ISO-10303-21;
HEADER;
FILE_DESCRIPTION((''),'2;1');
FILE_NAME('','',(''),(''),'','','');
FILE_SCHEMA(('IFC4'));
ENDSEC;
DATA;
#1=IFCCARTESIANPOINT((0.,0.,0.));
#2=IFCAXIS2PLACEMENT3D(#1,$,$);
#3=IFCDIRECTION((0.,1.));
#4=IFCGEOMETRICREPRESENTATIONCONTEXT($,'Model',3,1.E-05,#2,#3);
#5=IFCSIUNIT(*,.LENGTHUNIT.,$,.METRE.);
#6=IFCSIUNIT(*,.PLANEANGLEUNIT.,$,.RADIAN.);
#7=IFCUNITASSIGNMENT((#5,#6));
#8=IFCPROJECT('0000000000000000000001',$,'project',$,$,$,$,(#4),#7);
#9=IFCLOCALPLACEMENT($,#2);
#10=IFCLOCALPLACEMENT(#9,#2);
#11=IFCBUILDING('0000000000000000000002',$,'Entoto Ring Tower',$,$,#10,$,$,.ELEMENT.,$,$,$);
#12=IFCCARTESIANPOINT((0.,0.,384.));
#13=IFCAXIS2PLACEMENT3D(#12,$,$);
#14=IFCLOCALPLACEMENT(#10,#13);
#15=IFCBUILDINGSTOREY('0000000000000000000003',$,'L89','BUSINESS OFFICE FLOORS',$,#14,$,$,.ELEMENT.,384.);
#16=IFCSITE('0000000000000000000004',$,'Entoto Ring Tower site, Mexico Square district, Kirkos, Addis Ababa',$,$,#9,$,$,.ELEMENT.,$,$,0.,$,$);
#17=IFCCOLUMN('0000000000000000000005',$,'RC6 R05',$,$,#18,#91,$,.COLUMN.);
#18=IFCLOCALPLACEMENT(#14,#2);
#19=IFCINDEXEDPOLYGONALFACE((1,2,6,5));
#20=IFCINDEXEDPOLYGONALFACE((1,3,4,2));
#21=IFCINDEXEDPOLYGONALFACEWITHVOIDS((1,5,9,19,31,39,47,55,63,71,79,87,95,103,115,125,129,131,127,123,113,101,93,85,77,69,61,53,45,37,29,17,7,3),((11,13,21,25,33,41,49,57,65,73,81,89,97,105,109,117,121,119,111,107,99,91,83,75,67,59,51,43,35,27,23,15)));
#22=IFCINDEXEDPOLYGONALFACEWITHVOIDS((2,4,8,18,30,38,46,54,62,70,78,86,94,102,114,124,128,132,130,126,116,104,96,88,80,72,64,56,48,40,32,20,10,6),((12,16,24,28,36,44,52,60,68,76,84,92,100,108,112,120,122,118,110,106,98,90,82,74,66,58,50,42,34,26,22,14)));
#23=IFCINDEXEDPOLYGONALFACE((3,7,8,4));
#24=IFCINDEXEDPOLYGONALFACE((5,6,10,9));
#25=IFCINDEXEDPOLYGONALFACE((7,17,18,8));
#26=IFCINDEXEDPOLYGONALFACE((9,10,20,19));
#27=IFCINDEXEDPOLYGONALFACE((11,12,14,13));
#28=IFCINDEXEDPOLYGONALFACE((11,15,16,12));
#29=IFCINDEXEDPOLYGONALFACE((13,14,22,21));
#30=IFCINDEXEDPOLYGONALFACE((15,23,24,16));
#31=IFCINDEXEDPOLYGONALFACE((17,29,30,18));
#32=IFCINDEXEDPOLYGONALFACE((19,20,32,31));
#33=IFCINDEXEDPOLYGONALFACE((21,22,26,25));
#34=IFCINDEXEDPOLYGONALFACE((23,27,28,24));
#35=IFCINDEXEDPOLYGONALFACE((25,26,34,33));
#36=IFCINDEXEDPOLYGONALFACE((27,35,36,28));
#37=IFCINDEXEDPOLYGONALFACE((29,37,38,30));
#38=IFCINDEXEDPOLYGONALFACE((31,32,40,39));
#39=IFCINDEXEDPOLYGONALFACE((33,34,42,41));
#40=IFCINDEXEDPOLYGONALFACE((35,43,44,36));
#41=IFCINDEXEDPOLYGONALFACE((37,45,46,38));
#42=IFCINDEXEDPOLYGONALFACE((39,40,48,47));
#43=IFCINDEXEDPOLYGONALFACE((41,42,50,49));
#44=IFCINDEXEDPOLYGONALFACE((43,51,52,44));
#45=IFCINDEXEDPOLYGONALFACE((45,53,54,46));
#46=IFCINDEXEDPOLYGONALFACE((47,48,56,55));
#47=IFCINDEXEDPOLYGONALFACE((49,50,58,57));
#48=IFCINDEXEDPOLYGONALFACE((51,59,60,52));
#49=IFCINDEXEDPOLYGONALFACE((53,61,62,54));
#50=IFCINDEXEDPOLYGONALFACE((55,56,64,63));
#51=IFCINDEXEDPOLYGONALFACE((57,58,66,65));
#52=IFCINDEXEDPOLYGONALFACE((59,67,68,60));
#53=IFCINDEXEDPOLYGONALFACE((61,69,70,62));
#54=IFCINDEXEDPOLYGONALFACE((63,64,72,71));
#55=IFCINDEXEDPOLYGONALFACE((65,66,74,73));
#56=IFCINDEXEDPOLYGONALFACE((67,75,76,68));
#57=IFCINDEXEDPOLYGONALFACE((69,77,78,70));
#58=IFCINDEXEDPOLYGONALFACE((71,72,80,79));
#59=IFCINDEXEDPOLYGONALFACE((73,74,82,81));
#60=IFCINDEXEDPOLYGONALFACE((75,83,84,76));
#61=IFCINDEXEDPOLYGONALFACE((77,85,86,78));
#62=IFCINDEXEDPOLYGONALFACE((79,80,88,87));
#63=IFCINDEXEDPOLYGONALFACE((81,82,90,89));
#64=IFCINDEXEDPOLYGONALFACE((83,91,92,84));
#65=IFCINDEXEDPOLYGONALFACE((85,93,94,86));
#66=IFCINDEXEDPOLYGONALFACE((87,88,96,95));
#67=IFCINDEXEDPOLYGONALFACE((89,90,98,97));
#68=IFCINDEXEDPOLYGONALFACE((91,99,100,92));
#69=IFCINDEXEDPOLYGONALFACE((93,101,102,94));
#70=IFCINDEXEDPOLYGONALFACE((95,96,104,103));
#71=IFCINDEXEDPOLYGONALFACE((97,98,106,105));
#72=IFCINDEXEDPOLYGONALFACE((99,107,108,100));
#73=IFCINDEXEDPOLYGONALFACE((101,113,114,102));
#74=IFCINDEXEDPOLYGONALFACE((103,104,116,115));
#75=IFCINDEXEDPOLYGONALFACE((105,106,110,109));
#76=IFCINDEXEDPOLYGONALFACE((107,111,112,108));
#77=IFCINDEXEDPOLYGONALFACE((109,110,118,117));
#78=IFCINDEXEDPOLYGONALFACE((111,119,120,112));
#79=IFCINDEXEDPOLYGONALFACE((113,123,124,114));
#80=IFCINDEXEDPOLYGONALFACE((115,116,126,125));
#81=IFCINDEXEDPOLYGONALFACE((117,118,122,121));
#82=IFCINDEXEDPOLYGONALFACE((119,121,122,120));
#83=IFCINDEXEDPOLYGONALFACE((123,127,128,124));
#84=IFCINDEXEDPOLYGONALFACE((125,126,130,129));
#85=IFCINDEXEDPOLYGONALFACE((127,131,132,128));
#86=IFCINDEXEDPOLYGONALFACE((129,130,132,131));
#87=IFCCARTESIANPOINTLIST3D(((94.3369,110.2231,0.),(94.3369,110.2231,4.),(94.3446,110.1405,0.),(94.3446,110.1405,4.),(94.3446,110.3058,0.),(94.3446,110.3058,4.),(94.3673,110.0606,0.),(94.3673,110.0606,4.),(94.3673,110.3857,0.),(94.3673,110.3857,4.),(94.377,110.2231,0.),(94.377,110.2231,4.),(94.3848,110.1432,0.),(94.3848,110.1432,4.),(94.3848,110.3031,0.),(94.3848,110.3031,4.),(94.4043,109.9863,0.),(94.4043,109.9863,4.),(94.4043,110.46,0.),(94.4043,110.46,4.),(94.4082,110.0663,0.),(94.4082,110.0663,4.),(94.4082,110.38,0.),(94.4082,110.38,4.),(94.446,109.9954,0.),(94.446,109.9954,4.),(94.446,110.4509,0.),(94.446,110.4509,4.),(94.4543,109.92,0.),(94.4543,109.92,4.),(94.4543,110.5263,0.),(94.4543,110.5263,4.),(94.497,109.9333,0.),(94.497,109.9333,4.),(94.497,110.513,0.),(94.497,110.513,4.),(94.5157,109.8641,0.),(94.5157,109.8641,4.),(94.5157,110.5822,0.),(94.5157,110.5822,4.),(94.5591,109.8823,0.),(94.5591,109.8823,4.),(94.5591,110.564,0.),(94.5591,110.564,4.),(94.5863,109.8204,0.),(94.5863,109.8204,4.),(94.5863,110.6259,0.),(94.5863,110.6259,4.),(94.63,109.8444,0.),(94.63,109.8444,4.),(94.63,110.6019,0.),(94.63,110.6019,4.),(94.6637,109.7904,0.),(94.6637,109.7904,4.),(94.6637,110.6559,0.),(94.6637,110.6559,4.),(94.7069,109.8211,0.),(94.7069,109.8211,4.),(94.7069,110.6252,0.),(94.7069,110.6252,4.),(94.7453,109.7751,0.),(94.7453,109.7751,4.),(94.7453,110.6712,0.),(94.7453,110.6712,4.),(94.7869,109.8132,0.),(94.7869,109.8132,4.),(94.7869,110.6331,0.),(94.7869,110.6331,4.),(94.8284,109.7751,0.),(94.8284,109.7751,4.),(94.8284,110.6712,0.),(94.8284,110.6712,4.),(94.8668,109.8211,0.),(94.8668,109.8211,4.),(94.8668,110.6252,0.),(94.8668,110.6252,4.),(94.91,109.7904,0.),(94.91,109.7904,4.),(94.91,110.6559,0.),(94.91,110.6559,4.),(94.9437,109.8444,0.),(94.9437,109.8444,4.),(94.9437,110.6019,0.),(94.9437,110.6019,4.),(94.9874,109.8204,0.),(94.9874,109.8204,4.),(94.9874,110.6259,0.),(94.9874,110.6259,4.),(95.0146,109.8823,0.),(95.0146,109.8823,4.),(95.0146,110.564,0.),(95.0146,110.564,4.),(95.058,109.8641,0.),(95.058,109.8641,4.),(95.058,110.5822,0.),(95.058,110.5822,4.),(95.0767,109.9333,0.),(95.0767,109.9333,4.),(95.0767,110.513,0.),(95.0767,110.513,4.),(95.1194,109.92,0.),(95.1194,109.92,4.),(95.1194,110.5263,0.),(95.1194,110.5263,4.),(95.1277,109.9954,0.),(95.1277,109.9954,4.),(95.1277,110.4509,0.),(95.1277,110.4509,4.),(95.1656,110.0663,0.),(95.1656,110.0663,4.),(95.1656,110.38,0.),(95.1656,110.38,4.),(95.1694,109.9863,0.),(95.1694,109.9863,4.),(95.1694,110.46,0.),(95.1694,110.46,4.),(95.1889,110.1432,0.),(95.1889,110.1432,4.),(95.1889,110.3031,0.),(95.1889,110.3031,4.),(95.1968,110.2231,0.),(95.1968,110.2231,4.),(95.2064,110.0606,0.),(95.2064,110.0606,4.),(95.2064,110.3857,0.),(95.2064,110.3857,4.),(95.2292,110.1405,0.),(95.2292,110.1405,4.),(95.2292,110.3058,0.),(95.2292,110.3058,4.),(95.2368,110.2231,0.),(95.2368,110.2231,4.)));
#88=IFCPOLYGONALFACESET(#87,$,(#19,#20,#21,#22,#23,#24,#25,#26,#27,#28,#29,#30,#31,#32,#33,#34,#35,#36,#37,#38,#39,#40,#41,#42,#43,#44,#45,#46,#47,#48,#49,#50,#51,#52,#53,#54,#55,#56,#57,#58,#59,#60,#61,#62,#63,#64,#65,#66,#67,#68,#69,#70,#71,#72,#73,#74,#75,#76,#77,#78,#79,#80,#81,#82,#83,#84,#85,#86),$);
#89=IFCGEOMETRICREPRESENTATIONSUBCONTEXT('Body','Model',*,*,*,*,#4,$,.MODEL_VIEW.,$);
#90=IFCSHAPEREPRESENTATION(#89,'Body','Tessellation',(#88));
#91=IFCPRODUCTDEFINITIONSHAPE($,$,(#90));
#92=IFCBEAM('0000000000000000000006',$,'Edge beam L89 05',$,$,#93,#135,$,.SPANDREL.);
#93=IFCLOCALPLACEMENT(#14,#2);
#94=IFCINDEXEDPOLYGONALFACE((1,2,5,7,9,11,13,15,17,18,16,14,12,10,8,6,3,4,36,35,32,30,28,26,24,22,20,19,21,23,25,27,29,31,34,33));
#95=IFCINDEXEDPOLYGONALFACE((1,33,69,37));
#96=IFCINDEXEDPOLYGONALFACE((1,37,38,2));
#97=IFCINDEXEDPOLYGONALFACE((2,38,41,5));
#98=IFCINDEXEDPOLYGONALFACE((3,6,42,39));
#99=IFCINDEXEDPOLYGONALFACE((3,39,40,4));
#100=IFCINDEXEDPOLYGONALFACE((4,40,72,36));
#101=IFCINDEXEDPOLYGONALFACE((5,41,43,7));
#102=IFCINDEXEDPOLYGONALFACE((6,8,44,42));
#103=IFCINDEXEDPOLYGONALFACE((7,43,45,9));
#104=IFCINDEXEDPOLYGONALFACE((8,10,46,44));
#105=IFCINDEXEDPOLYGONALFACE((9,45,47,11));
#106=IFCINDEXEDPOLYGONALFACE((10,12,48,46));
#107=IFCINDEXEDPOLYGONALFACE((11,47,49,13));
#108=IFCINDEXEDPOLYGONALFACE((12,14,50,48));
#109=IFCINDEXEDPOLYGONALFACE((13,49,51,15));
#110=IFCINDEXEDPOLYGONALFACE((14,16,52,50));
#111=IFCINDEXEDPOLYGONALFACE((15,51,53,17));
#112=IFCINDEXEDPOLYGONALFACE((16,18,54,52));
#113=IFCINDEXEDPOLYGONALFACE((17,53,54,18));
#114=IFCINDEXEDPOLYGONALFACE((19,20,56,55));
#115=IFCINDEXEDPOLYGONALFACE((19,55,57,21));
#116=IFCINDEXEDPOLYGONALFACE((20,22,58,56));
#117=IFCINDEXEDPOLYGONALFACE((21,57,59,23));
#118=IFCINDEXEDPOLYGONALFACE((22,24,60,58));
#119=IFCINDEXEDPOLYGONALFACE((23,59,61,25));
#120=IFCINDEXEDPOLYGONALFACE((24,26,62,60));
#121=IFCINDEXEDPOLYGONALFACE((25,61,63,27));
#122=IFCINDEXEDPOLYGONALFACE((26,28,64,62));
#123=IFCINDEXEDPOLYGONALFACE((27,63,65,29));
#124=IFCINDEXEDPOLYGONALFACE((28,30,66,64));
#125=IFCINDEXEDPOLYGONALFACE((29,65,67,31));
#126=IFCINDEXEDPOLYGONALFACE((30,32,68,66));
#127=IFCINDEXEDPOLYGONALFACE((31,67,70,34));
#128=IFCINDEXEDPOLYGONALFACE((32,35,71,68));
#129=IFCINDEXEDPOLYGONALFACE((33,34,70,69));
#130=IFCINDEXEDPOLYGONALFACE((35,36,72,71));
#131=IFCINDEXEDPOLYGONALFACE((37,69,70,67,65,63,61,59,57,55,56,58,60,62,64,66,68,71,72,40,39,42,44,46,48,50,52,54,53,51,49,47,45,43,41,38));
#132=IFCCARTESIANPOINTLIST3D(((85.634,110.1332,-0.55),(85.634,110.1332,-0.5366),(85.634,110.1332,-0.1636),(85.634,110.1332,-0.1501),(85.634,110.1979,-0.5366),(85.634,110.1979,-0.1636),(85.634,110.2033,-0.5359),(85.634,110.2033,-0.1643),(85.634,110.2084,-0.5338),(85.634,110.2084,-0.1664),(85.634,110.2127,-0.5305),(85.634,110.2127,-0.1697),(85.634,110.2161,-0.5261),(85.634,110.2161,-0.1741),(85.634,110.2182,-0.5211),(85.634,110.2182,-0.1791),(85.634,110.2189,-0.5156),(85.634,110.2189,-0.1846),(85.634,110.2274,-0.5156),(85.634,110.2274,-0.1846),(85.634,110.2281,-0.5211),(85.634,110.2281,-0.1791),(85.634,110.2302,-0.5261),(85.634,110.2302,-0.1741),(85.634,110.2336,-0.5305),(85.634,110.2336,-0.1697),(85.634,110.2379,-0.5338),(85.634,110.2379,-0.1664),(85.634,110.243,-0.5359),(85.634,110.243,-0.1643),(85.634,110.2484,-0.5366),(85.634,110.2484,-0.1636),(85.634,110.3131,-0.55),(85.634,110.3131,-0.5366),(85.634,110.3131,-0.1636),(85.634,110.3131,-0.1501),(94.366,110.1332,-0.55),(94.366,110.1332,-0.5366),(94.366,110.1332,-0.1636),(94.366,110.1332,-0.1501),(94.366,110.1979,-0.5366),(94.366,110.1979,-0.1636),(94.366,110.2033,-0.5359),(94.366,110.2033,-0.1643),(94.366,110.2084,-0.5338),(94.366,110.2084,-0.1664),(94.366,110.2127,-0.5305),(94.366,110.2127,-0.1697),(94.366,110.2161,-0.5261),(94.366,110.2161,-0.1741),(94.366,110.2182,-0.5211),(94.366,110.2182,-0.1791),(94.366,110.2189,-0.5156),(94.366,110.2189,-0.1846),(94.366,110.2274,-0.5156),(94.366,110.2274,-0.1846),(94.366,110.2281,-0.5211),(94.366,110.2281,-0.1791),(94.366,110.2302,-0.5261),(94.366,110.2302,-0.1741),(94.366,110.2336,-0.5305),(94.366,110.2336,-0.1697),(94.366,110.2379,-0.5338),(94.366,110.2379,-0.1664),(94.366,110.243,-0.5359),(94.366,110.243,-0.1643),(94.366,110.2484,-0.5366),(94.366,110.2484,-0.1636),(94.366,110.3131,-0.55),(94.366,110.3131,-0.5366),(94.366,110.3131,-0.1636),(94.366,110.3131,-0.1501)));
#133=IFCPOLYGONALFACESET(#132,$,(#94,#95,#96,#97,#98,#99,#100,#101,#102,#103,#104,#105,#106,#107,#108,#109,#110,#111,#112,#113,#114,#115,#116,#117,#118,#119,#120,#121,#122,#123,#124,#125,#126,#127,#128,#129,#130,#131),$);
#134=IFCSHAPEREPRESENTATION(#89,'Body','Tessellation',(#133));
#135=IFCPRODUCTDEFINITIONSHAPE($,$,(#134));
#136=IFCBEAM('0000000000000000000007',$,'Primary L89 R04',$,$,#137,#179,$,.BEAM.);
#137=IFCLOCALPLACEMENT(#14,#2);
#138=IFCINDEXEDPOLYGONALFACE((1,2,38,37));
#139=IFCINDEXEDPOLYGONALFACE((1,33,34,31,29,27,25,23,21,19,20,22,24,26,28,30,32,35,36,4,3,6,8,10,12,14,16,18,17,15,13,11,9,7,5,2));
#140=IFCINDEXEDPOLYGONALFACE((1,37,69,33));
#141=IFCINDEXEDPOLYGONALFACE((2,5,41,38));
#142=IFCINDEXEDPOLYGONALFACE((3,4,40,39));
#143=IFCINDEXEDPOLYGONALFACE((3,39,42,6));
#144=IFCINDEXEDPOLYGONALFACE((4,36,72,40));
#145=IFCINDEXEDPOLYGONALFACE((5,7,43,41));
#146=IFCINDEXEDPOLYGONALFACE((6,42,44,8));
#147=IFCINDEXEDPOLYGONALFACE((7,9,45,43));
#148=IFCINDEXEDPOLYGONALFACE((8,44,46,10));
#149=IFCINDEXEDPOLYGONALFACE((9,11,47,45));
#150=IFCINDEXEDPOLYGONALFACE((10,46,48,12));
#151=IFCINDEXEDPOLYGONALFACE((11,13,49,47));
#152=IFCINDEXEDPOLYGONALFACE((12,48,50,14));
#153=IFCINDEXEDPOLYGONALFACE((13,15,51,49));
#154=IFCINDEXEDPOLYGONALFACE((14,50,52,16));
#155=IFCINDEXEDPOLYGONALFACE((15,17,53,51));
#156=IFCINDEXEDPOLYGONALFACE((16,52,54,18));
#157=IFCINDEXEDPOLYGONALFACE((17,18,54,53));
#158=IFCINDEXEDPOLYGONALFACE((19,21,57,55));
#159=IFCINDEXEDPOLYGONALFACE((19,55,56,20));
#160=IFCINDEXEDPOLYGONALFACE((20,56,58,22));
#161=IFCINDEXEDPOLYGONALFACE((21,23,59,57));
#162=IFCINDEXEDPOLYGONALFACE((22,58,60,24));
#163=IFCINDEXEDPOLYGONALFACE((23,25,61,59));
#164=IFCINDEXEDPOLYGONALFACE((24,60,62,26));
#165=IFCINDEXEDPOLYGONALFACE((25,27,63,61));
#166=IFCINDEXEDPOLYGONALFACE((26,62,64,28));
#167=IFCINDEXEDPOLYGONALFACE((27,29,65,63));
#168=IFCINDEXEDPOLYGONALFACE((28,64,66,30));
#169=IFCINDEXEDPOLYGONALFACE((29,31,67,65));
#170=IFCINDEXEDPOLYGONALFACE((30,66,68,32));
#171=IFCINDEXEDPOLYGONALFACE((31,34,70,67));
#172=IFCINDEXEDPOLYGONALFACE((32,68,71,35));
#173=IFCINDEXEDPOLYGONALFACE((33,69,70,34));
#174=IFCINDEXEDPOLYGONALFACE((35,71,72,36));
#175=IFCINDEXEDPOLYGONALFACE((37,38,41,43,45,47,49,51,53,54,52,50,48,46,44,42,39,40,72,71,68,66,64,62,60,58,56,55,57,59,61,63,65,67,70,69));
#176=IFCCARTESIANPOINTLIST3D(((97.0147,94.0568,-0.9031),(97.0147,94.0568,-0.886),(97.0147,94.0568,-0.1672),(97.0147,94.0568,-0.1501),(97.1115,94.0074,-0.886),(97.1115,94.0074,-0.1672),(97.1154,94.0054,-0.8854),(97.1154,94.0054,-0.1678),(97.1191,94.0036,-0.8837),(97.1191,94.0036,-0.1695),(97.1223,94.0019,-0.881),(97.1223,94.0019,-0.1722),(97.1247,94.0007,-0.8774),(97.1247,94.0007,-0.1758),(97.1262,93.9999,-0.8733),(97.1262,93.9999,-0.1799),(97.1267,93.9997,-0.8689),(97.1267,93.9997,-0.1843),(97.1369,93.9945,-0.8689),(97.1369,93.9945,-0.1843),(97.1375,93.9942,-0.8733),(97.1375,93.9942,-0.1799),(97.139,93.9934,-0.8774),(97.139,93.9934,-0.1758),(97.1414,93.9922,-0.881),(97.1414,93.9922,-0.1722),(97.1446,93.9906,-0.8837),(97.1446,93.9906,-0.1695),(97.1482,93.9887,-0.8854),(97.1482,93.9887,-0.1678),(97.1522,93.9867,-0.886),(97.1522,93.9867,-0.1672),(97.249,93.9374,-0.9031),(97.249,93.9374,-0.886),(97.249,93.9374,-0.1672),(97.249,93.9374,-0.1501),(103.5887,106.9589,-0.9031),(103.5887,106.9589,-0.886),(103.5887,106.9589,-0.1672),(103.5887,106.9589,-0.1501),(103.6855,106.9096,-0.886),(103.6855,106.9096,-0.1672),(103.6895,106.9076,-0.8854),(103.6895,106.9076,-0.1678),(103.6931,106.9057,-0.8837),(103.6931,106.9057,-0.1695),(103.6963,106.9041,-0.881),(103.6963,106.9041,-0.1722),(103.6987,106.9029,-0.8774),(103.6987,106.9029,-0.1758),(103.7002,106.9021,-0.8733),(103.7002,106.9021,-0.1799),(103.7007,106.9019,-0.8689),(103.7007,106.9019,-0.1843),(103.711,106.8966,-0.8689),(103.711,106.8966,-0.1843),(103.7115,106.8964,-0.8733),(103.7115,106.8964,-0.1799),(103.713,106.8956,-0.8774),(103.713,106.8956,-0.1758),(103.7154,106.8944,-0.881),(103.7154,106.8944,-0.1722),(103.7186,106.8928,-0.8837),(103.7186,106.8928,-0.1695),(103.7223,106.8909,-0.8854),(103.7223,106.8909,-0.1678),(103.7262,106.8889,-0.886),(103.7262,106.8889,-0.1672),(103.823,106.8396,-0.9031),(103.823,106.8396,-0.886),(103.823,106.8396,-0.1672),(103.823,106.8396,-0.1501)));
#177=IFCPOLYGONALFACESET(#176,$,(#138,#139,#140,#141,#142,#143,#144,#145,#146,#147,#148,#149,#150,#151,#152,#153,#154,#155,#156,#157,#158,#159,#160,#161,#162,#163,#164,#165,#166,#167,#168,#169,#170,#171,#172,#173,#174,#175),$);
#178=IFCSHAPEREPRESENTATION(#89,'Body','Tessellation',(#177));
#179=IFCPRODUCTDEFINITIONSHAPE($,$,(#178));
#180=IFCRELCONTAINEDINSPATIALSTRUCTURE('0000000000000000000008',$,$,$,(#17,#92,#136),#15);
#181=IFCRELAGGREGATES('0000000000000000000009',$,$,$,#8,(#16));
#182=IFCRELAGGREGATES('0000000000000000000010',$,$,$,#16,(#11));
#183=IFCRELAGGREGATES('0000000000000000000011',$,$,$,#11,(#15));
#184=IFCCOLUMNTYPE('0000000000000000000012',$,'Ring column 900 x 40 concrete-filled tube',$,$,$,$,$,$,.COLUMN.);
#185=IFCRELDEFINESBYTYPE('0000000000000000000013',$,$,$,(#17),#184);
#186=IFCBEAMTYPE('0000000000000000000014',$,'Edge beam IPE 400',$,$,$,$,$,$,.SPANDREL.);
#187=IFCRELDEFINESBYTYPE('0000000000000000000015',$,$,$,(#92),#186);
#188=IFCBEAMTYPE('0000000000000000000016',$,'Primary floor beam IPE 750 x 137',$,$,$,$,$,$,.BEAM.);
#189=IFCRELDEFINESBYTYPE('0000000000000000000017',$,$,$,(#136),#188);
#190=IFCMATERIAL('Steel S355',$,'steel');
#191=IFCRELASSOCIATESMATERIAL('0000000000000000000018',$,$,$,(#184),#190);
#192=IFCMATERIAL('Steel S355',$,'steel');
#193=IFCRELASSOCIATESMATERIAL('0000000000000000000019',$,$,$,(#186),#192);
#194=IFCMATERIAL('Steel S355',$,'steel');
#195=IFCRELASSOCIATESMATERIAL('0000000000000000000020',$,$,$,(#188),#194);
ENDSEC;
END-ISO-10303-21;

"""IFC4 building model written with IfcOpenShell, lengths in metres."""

from ifc_helpers import new_model, si_unit, direction, frame, origin, origin_2d, place, context, subcontext, project, spatial, circle, hollow_circle, i_section, extrude, material, material_profile, profile_set, type_object, element, save


model = new_model("IFC4")

# Units and contexts
model_context = context("Model", 3, precision=1e-05, world=origin(), true_north=direction((0.0, 1.0)))
body_context = subcontext(model_context, "Body", "Model", "MODEL_VIEW")
ifc_project = project(units=[si_unit("LENGTHUNIT", "METRE"), si_unit("PLANEANGLEUNIT", "RADIAN")], contexts=[model_context])

# Site, building, storey
site_placement = place(None, origin())
site = spatial("IfcSite", under=ifc_project, at=site_placement, Name="Entoto Ring Tower site, Mexico Square district, Kirkos, Addis Ababa", CompositionType="ELEMENT", RefElevation=0.0)
building_placement = place(site_placement, origin())
building = spatial("IfcBuilding", under=site, at=building_placement, Name="Entoto Ring Tower", CompositionType="ELEMENT")
storey_placement = place(building_placement, frame((0.0, 0.0, 384.0)))
storey = spatial("IfcBuildingStorey", under=building, at=storey_placement, Name="L89", Description="BUSINESS OFFICE FLOORS", CompositionType="ELEMENT", Elevation=384.0)

# Column
ifc_material_1 = material(Name="Steel S355", Category="steel")
ifc_material_profile_1 = material_profile(ifc_material_1, hollow_circle(Radius=0.45, WallThickness=0.04, at=origin_2d()), Name="CHS 900 x 40")
ifc_material_2 = material(Name="Concrete C60/75", Category="concrete")
ifc_material_profile_2 = material_profile(ifc_material_2, circle(Radius=0.4099, at=origin_2d()), Name="Concrete C60/75 infill")
ifc_profile_set_1 = profile_set([ifc_material_profile_1, ifc_material_profile_2], Name="Steel S355")
column_type = type_object("IfcColumnType", Name="Ring column 900 x 40 concrete-filled tube", PredefinedType="COLUMN", material=ifc_profile_set_1)
column_placement = place(storey_placement, frame((94.7869, 110.2231, 0.0), z_axis=(0.0, 0.0, 1.0), x_axis=(1.0, 0.0, 0.0)))
element("IfcColumn", 1, at=column_placement, inside=storey, type_object=column_type, Name="RC6 R05", PredefinedType="COLUMN", context=body_context, shape_type="SweptSolid", body=[
    extrude(hollow_circle(Radius=0.45, WallThickness=0.04, at=origin_2d()), origin(), (0.0, 0.0, 1.0), 4.0),
])

# Beams
ifc_material_3 = material(Name="Steel S355", Category="steel")
ifc_material_profile_3 = material_profile(ifc_material_3, i_section(OverallWidth=0.1799, OverallDepth=0.3999, WebThickness=0.0085, FlangeThickness=0.0134, FilletRadius=0.021, at=origin_2d()), Name="IPE 400")
ifc_profile_set_2 = profile_set([ifc_material_profile_3], Name="Steel S355")
beam_type_1 = type_object("IfcBeamType", Name="Edge beam IPE 400", PredefinedType="SPANDREL", material=ifc_profile_set_2)
beam_1_placement = place(storey_placement, frame((94.366, 110.2231, -0.3501), z_axis=(-1.0, 0.0, 0.0), x_axis=(0.0, -1.0, 0.0)))
element("IfcBeam", 2, at=beam_1_placement, inside=storey, type_object=beam_type_1, Name="Edge beam L89 05", PredefinedType="SPANDREL", context=body_context, shape_type="SweptSolid", body=[
    extrude(i_section(OverallWidth=0.1799, OverallDepth=0.3999, WebThickness=0.0085, FlangeThickness=0.0134, FilletRadius=0.021, at=origin_2d()), origin(), (0.0, 0.0, 1.0), 8.7319),
])
ifc_material_4 = material(Name="Steel S355", Category="steel")
ifc_material_profile_4 = material_profile(ifc_material_4, i_section(OverallWidth=0.2629, OverallDepth=0.7529, WebThickness=0.0115, FlangeThickness=0.0171, FilletRadius=0.0171, at=origin_2d()), Name="IPE 750 x 137")
ifc_profile_set_3 = profile_set([ifc_material_profile_4], Name="Steel S355")
beam_type_2 = type_object("IfcBeamType", Name="Primary floor beam IPE 750 x 137", PredefinedType="BEAM", material=ifc_profile_set_3)
beam_2_placement = place(storey_placement, frame((97.1318, 93.9971, -0.5266), z_axis=(0.453992, 0.891006, 0.0), x_axis=(-0.891006, 0.453992, 0.0)))
element("IfcBeam", 3, at=beam_2_placement, inside=storey, type_object=beam_type_2, Name="Primary L89 R04", PredefinedType="BEAM", context=body_context, shape_type="SweptSolid", body=[
    extrude(i_section(OverallWidth=0.2629, OverallDepth=0.7529, WebThickness=0.0115, FlangeThickness=0.0171, FilletRadius=0.0171, at=origin_2d()), origin(), (0.0, 0.0, 1.0), 14.4805),
])

save(model, "model.ifc")
